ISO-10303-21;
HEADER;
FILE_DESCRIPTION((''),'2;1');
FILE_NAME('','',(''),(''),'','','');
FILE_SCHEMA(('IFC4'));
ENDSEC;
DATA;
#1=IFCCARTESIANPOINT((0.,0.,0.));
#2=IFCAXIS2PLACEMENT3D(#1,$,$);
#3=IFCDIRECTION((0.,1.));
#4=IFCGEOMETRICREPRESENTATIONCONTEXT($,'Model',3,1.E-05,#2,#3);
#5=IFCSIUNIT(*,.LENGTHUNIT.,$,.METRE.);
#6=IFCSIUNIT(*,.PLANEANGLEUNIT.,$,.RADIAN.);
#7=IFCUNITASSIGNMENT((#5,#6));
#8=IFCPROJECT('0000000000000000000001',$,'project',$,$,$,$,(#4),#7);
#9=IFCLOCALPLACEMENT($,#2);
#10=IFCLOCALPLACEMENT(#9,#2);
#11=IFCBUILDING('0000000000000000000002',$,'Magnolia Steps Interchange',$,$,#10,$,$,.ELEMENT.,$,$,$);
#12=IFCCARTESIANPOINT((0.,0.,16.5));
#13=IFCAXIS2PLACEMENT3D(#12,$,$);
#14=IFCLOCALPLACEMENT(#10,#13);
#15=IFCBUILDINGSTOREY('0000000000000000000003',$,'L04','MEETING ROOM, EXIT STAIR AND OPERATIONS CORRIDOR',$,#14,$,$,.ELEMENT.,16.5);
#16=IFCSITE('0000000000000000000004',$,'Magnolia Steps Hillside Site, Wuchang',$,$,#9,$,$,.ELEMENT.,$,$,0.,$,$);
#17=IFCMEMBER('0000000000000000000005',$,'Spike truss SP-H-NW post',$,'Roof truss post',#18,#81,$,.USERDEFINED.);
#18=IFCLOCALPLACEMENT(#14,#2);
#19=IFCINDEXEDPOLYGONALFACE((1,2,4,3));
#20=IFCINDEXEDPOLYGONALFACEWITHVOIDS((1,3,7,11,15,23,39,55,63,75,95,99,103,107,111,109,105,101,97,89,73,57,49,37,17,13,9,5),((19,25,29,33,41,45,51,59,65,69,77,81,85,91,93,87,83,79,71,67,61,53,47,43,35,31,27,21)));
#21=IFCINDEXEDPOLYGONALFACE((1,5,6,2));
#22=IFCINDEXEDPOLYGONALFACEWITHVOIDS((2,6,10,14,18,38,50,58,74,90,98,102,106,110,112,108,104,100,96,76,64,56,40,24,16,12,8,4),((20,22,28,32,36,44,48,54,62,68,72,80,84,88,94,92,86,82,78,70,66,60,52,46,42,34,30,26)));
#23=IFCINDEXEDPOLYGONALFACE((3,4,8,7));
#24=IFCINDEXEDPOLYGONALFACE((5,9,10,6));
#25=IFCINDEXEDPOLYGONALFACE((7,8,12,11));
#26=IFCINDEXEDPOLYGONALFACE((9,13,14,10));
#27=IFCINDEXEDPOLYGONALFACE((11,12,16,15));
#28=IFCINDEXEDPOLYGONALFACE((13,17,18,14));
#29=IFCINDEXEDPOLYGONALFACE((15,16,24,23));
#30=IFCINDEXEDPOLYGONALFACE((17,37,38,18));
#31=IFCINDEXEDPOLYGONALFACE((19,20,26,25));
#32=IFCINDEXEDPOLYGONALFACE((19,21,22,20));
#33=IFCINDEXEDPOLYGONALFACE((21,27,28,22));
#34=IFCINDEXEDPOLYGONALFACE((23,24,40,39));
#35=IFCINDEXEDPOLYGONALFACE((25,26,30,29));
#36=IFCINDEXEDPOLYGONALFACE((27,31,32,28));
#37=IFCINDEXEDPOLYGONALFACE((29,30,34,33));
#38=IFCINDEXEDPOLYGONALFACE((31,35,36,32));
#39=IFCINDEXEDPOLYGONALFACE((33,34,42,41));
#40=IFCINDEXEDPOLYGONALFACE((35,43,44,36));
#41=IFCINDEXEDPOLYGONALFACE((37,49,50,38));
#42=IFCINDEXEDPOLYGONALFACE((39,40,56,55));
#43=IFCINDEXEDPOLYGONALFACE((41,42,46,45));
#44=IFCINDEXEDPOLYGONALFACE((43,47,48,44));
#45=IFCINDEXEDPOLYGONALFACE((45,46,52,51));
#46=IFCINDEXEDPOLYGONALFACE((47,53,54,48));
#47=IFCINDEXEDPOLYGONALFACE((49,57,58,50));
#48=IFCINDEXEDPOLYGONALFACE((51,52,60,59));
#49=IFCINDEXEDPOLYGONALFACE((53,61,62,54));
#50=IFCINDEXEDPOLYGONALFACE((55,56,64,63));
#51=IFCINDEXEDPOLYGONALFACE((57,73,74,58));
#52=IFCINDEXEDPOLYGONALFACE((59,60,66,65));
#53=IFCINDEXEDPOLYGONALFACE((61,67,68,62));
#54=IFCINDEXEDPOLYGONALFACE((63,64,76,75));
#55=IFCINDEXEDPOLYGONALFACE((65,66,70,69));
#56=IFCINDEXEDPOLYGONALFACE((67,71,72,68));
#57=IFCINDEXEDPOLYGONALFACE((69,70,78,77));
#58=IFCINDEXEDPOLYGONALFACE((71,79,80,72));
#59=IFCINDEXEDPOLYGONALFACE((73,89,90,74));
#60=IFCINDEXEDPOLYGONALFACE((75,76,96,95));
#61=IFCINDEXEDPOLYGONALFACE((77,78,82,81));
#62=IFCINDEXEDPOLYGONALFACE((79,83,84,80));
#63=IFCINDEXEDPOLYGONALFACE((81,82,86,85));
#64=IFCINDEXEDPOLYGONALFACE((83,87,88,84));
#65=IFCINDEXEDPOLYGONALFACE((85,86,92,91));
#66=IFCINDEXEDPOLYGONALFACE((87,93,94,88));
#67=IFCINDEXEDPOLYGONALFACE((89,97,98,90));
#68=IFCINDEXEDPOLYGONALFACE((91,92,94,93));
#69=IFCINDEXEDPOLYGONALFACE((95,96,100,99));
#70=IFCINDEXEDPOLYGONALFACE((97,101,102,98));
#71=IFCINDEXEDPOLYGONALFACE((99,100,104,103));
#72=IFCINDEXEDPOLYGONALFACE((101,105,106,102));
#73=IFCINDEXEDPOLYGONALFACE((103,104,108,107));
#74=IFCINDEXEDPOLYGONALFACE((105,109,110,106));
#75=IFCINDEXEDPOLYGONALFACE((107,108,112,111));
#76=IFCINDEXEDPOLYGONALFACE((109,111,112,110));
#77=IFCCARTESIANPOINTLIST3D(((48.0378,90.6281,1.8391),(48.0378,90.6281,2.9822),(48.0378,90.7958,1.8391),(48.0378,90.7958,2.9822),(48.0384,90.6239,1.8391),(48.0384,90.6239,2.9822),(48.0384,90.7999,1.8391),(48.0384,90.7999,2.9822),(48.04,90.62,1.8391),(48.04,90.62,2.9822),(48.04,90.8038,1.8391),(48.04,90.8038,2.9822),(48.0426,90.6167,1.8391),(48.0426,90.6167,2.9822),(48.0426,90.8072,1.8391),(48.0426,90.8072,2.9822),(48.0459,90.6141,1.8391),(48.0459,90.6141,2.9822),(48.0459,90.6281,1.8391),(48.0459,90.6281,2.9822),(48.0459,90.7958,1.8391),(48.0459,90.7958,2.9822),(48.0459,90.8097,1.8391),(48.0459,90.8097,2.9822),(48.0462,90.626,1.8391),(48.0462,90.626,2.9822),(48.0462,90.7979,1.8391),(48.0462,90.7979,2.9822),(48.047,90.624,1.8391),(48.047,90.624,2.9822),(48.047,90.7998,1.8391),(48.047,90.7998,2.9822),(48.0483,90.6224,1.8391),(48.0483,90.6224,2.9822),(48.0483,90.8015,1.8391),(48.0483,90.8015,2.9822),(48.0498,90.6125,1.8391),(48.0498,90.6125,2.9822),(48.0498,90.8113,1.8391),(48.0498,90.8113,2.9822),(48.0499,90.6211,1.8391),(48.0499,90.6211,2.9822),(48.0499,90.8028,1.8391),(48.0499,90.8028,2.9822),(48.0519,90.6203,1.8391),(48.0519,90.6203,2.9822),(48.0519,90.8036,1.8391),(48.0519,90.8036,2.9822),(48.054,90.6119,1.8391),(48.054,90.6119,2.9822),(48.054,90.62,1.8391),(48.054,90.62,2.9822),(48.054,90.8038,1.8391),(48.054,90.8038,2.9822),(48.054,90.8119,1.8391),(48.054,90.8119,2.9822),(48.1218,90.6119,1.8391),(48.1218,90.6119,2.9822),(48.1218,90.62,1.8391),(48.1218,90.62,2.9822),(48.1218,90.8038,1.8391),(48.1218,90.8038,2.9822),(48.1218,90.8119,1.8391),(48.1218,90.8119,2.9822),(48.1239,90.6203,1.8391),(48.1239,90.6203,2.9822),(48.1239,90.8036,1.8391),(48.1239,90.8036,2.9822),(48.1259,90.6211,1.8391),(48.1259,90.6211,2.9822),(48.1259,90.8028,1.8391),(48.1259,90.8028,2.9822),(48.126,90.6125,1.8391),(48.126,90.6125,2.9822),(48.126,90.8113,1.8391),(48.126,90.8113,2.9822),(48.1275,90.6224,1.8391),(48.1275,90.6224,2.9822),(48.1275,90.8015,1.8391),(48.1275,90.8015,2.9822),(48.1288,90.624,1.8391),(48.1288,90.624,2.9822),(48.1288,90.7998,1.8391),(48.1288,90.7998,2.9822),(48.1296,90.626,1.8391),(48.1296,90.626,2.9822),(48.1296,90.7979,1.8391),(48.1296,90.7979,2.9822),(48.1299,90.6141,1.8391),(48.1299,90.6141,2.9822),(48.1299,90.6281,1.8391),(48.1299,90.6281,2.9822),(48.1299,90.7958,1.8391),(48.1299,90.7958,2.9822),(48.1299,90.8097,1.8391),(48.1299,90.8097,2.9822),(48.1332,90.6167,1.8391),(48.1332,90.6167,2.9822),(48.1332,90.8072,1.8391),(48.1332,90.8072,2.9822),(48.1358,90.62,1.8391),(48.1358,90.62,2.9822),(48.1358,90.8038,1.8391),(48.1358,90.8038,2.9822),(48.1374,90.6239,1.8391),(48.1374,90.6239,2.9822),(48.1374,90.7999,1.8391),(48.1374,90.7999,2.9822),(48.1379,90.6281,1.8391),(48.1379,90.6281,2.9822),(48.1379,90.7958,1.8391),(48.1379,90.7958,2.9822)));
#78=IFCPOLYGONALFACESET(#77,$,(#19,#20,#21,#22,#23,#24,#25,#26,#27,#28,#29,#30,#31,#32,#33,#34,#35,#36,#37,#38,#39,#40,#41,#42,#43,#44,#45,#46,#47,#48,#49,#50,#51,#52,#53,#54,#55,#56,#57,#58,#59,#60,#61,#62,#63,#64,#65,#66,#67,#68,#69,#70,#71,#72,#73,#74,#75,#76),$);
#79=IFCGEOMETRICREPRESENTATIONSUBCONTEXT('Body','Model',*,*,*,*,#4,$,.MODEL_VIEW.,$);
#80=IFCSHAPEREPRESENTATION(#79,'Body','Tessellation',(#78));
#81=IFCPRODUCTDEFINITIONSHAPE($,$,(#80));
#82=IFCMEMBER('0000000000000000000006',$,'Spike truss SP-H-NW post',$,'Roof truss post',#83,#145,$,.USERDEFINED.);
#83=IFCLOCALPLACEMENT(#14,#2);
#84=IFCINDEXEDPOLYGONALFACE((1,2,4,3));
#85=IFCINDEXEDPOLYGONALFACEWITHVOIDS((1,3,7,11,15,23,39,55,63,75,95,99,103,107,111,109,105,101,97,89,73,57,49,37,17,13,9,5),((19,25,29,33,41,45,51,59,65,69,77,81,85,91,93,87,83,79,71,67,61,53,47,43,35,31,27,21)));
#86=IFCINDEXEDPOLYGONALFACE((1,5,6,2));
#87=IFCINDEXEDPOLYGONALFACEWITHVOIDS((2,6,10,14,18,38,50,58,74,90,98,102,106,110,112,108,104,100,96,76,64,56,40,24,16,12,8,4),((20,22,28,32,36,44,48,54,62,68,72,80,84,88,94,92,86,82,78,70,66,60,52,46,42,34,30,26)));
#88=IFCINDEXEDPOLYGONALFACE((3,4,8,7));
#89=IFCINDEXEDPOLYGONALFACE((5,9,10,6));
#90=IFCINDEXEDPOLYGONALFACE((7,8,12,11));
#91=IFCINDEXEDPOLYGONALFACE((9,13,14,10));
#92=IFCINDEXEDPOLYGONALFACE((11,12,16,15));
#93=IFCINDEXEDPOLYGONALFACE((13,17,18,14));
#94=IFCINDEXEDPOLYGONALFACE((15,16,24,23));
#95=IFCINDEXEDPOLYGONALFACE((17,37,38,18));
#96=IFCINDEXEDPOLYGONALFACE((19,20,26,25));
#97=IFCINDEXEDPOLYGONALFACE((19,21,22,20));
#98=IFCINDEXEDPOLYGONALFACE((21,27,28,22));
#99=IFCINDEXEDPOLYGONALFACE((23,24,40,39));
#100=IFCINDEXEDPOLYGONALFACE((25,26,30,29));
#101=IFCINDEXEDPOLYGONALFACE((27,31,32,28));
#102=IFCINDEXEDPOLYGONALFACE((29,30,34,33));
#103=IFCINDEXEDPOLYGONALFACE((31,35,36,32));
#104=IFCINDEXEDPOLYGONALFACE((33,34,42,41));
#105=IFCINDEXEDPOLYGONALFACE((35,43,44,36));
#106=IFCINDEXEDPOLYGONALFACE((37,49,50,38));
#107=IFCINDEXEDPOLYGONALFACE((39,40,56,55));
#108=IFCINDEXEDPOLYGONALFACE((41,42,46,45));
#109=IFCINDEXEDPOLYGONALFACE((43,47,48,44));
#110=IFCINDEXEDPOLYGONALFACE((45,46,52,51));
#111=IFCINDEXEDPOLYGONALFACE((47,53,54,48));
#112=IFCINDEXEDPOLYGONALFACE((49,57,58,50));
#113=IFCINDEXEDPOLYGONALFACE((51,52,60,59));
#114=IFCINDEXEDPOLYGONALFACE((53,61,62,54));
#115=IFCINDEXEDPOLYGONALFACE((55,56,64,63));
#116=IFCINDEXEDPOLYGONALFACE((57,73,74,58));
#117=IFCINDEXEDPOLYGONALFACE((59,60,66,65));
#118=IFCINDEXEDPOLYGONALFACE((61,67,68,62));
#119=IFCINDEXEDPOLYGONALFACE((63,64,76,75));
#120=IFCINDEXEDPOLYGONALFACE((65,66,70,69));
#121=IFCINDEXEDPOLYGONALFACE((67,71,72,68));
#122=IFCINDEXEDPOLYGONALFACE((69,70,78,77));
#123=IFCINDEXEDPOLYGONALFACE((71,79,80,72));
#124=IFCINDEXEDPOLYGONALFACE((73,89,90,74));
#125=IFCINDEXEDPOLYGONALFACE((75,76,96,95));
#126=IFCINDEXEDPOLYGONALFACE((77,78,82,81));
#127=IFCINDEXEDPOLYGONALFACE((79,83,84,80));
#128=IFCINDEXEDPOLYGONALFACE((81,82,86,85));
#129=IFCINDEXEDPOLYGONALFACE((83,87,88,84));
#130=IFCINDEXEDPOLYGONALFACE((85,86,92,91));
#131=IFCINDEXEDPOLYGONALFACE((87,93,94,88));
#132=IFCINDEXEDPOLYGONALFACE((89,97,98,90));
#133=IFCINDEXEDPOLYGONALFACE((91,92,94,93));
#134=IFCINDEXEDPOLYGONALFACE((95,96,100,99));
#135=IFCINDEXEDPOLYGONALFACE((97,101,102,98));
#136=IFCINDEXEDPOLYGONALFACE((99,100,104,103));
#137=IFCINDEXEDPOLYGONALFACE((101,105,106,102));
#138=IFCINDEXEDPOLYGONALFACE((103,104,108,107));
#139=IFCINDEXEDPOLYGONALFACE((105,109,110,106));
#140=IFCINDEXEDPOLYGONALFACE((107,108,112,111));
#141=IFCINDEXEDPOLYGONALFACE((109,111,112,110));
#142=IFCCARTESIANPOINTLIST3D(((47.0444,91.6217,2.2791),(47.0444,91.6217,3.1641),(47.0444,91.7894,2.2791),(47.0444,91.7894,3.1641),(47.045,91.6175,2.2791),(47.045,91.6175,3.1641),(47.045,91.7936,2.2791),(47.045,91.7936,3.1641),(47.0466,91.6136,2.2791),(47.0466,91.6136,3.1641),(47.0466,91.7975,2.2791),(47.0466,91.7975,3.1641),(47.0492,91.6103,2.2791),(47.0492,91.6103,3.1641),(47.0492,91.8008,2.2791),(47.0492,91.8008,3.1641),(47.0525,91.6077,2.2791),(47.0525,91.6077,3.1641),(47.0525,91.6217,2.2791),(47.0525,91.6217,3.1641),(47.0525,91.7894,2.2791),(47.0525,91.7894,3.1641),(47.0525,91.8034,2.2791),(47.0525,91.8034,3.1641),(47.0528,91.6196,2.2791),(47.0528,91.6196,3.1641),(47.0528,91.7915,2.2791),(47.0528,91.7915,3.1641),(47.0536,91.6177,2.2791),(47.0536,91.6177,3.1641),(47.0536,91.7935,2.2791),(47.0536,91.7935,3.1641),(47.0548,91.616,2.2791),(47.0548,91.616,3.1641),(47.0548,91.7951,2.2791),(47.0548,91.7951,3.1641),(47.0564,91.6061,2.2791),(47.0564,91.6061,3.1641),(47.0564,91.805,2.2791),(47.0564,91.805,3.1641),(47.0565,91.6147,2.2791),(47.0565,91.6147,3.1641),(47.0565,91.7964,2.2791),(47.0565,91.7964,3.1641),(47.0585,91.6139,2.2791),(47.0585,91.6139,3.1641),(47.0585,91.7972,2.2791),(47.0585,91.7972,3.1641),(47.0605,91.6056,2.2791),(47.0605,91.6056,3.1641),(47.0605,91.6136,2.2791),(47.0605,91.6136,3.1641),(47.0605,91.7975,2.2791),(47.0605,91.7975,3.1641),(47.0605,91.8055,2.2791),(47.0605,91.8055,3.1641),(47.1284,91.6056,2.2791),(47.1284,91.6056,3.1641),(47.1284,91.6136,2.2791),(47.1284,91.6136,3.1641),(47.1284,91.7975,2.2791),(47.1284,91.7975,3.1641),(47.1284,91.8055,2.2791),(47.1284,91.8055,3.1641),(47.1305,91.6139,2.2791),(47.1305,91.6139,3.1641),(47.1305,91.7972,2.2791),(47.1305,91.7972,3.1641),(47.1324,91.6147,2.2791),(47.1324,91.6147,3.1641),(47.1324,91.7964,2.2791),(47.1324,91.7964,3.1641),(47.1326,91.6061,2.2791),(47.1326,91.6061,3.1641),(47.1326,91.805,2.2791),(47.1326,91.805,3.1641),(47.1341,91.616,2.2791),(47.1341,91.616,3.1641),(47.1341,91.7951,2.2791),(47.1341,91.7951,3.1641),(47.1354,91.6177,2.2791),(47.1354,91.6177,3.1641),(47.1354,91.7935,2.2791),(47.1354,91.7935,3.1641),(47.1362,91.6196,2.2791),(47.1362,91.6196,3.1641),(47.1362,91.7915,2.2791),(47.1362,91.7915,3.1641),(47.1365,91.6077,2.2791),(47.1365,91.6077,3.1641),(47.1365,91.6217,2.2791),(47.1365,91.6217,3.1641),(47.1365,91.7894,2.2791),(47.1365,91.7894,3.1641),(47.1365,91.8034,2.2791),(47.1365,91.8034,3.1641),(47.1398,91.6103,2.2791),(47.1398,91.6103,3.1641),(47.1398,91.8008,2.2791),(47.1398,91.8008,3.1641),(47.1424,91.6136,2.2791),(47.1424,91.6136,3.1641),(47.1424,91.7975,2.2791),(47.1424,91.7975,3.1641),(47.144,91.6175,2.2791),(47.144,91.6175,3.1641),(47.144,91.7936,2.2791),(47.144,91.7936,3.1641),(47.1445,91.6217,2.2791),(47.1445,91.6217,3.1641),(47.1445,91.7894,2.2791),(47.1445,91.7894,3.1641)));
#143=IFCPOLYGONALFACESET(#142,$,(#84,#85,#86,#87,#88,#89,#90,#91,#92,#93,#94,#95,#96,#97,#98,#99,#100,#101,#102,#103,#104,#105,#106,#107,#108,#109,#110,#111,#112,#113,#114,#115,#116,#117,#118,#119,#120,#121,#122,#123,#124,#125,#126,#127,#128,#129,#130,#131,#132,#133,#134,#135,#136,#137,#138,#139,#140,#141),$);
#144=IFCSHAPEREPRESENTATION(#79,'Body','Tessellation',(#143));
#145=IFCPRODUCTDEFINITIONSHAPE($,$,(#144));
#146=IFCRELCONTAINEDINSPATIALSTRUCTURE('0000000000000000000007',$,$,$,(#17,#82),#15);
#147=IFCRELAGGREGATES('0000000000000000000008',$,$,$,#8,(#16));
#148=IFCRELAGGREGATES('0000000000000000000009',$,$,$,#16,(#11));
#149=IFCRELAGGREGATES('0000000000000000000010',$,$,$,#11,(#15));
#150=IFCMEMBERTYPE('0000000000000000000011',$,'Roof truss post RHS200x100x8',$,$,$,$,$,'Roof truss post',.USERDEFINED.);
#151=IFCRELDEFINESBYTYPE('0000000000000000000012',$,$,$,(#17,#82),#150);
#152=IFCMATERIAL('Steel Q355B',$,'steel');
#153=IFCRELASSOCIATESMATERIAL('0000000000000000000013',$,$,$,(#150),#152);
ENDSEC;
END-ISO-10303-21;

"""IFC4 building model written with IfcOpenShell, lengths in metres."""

from ifc_helpers import new_model, si_unit, direction, frame, origin, origin_2d, place, context, subcontext, project, spatial, hollow_rectangle, extrude, material, material_profile, profile_set, type_object, element, save


model = new_model("IFC4")

# Units and contexts
model_context = context("Model", 3, precision=1e-05, world=origin(), true_north=direction((0.0, 1.0)))
body_context = subcontext(model_context, "Body", "Model", "MODEL_VIEW")
ifc_project = project(units=[si_unit("LENGTHUNIT", "METRE"), si_unit("PLANEANGLEUNIT", "RADIAN")], contexts=[model_context])

# Site, building, storey
site_placement = place(None, origin())
site = spatial("IfcSite", under=ifc_project, at=site_placement, Name="Magnolia Steps Hillside Site, Wuchang", CompositionType="ELEMENT", RefElevation=0.0)
building_placement = place(site_placement, origin())
building = spatial("IfcBuilding", under=site, at=building_placement, Name="Magnolia Steps Interchange", CompositionType="ELEMENT")
storey_placement = place(building_placement, frame((0.0, 0.0, 16.5)))
storey = spatial("IfcBuildingStorey", under=building, at=storey_placement, Name="L04", Description="MEETING ROOM, EXIT STAIR AND OPERATIONS CORRIDOR", CompositionType="ELEMENT", Elevation=16.5)

# Members
ifc_material_1 = material(Name="Steel Q355B", Category="steel")
ifc_material_profile_1 = material_profile(ifc_material_1, hollow_rectangle(XDim=0.1001, YDim=0.2, WallThickness=0.0081, InnerFilletRadius=0.0081, OuterFilletRadius=0.0161, at=origin_2d()), Name="RHS200x100x8")
ifc_profile_set_1 = profile_set([ifc_material_profile_1], Name="Steel Q355B")
member_type_1 = type_object("IfcMemberType", Name="Roof truss post RHS200x100x8", ElementType="Roof truss post", PredefinedType="USERDEFINED", material=ifc_profile_set_1)
member_1_placement = place(storey_placement, frame((48.0879, 90.7119, 1.8391), z_axis=(0.0, 0.0, 1.0), x_axis=(1.0, 0.0, 0.0)))
element("IfcMember", 1, at=member_1_placement, inside=storey, type_object=member_type_1, Name="Spike truss SP-H-NW post", ObjectType="Roof truss post", PredefinedType="USERDEFINED", context=body_context, shape_type="SweptSolid", body=[
    extrude(hollow_rectangle(XDim=0.1001, YDim=0.2, WallThickness=0.0081, InnerFilletRadius=0.0081, OuterFilletRadius=0.0161, at=origin_2d()), origin(), (0.0, 0.0, 1.0), 1.1431),
])
member_2_placement = place(storey_placement, frame((47.0945, 91.7056, 2.2791), z_axis=(0.0, 0.0, 1.0), x_axis=(1.0, 0.0, 0.0)))
element("IfcMember", 2, at=member_2_placement, inside=storey, type_object=member_type_1, Name="Spike truss SP-H-NW post", ObjectType="Roof truss post", PredefinedType="USERDEFINED", context=body_context, shape_type="SweptSolid", body=[
    extrude(hollow_rectangle(XDim=0.1001, YDim=0.2, WallThickness=0.0081, InnerFilletRadius=0.0081, OuterFilletRadius=0.0161, at=origin_2d()), origin(), (0.0, 0.0, 1.0), 0.885),
])

save(model, "model.ifc")
